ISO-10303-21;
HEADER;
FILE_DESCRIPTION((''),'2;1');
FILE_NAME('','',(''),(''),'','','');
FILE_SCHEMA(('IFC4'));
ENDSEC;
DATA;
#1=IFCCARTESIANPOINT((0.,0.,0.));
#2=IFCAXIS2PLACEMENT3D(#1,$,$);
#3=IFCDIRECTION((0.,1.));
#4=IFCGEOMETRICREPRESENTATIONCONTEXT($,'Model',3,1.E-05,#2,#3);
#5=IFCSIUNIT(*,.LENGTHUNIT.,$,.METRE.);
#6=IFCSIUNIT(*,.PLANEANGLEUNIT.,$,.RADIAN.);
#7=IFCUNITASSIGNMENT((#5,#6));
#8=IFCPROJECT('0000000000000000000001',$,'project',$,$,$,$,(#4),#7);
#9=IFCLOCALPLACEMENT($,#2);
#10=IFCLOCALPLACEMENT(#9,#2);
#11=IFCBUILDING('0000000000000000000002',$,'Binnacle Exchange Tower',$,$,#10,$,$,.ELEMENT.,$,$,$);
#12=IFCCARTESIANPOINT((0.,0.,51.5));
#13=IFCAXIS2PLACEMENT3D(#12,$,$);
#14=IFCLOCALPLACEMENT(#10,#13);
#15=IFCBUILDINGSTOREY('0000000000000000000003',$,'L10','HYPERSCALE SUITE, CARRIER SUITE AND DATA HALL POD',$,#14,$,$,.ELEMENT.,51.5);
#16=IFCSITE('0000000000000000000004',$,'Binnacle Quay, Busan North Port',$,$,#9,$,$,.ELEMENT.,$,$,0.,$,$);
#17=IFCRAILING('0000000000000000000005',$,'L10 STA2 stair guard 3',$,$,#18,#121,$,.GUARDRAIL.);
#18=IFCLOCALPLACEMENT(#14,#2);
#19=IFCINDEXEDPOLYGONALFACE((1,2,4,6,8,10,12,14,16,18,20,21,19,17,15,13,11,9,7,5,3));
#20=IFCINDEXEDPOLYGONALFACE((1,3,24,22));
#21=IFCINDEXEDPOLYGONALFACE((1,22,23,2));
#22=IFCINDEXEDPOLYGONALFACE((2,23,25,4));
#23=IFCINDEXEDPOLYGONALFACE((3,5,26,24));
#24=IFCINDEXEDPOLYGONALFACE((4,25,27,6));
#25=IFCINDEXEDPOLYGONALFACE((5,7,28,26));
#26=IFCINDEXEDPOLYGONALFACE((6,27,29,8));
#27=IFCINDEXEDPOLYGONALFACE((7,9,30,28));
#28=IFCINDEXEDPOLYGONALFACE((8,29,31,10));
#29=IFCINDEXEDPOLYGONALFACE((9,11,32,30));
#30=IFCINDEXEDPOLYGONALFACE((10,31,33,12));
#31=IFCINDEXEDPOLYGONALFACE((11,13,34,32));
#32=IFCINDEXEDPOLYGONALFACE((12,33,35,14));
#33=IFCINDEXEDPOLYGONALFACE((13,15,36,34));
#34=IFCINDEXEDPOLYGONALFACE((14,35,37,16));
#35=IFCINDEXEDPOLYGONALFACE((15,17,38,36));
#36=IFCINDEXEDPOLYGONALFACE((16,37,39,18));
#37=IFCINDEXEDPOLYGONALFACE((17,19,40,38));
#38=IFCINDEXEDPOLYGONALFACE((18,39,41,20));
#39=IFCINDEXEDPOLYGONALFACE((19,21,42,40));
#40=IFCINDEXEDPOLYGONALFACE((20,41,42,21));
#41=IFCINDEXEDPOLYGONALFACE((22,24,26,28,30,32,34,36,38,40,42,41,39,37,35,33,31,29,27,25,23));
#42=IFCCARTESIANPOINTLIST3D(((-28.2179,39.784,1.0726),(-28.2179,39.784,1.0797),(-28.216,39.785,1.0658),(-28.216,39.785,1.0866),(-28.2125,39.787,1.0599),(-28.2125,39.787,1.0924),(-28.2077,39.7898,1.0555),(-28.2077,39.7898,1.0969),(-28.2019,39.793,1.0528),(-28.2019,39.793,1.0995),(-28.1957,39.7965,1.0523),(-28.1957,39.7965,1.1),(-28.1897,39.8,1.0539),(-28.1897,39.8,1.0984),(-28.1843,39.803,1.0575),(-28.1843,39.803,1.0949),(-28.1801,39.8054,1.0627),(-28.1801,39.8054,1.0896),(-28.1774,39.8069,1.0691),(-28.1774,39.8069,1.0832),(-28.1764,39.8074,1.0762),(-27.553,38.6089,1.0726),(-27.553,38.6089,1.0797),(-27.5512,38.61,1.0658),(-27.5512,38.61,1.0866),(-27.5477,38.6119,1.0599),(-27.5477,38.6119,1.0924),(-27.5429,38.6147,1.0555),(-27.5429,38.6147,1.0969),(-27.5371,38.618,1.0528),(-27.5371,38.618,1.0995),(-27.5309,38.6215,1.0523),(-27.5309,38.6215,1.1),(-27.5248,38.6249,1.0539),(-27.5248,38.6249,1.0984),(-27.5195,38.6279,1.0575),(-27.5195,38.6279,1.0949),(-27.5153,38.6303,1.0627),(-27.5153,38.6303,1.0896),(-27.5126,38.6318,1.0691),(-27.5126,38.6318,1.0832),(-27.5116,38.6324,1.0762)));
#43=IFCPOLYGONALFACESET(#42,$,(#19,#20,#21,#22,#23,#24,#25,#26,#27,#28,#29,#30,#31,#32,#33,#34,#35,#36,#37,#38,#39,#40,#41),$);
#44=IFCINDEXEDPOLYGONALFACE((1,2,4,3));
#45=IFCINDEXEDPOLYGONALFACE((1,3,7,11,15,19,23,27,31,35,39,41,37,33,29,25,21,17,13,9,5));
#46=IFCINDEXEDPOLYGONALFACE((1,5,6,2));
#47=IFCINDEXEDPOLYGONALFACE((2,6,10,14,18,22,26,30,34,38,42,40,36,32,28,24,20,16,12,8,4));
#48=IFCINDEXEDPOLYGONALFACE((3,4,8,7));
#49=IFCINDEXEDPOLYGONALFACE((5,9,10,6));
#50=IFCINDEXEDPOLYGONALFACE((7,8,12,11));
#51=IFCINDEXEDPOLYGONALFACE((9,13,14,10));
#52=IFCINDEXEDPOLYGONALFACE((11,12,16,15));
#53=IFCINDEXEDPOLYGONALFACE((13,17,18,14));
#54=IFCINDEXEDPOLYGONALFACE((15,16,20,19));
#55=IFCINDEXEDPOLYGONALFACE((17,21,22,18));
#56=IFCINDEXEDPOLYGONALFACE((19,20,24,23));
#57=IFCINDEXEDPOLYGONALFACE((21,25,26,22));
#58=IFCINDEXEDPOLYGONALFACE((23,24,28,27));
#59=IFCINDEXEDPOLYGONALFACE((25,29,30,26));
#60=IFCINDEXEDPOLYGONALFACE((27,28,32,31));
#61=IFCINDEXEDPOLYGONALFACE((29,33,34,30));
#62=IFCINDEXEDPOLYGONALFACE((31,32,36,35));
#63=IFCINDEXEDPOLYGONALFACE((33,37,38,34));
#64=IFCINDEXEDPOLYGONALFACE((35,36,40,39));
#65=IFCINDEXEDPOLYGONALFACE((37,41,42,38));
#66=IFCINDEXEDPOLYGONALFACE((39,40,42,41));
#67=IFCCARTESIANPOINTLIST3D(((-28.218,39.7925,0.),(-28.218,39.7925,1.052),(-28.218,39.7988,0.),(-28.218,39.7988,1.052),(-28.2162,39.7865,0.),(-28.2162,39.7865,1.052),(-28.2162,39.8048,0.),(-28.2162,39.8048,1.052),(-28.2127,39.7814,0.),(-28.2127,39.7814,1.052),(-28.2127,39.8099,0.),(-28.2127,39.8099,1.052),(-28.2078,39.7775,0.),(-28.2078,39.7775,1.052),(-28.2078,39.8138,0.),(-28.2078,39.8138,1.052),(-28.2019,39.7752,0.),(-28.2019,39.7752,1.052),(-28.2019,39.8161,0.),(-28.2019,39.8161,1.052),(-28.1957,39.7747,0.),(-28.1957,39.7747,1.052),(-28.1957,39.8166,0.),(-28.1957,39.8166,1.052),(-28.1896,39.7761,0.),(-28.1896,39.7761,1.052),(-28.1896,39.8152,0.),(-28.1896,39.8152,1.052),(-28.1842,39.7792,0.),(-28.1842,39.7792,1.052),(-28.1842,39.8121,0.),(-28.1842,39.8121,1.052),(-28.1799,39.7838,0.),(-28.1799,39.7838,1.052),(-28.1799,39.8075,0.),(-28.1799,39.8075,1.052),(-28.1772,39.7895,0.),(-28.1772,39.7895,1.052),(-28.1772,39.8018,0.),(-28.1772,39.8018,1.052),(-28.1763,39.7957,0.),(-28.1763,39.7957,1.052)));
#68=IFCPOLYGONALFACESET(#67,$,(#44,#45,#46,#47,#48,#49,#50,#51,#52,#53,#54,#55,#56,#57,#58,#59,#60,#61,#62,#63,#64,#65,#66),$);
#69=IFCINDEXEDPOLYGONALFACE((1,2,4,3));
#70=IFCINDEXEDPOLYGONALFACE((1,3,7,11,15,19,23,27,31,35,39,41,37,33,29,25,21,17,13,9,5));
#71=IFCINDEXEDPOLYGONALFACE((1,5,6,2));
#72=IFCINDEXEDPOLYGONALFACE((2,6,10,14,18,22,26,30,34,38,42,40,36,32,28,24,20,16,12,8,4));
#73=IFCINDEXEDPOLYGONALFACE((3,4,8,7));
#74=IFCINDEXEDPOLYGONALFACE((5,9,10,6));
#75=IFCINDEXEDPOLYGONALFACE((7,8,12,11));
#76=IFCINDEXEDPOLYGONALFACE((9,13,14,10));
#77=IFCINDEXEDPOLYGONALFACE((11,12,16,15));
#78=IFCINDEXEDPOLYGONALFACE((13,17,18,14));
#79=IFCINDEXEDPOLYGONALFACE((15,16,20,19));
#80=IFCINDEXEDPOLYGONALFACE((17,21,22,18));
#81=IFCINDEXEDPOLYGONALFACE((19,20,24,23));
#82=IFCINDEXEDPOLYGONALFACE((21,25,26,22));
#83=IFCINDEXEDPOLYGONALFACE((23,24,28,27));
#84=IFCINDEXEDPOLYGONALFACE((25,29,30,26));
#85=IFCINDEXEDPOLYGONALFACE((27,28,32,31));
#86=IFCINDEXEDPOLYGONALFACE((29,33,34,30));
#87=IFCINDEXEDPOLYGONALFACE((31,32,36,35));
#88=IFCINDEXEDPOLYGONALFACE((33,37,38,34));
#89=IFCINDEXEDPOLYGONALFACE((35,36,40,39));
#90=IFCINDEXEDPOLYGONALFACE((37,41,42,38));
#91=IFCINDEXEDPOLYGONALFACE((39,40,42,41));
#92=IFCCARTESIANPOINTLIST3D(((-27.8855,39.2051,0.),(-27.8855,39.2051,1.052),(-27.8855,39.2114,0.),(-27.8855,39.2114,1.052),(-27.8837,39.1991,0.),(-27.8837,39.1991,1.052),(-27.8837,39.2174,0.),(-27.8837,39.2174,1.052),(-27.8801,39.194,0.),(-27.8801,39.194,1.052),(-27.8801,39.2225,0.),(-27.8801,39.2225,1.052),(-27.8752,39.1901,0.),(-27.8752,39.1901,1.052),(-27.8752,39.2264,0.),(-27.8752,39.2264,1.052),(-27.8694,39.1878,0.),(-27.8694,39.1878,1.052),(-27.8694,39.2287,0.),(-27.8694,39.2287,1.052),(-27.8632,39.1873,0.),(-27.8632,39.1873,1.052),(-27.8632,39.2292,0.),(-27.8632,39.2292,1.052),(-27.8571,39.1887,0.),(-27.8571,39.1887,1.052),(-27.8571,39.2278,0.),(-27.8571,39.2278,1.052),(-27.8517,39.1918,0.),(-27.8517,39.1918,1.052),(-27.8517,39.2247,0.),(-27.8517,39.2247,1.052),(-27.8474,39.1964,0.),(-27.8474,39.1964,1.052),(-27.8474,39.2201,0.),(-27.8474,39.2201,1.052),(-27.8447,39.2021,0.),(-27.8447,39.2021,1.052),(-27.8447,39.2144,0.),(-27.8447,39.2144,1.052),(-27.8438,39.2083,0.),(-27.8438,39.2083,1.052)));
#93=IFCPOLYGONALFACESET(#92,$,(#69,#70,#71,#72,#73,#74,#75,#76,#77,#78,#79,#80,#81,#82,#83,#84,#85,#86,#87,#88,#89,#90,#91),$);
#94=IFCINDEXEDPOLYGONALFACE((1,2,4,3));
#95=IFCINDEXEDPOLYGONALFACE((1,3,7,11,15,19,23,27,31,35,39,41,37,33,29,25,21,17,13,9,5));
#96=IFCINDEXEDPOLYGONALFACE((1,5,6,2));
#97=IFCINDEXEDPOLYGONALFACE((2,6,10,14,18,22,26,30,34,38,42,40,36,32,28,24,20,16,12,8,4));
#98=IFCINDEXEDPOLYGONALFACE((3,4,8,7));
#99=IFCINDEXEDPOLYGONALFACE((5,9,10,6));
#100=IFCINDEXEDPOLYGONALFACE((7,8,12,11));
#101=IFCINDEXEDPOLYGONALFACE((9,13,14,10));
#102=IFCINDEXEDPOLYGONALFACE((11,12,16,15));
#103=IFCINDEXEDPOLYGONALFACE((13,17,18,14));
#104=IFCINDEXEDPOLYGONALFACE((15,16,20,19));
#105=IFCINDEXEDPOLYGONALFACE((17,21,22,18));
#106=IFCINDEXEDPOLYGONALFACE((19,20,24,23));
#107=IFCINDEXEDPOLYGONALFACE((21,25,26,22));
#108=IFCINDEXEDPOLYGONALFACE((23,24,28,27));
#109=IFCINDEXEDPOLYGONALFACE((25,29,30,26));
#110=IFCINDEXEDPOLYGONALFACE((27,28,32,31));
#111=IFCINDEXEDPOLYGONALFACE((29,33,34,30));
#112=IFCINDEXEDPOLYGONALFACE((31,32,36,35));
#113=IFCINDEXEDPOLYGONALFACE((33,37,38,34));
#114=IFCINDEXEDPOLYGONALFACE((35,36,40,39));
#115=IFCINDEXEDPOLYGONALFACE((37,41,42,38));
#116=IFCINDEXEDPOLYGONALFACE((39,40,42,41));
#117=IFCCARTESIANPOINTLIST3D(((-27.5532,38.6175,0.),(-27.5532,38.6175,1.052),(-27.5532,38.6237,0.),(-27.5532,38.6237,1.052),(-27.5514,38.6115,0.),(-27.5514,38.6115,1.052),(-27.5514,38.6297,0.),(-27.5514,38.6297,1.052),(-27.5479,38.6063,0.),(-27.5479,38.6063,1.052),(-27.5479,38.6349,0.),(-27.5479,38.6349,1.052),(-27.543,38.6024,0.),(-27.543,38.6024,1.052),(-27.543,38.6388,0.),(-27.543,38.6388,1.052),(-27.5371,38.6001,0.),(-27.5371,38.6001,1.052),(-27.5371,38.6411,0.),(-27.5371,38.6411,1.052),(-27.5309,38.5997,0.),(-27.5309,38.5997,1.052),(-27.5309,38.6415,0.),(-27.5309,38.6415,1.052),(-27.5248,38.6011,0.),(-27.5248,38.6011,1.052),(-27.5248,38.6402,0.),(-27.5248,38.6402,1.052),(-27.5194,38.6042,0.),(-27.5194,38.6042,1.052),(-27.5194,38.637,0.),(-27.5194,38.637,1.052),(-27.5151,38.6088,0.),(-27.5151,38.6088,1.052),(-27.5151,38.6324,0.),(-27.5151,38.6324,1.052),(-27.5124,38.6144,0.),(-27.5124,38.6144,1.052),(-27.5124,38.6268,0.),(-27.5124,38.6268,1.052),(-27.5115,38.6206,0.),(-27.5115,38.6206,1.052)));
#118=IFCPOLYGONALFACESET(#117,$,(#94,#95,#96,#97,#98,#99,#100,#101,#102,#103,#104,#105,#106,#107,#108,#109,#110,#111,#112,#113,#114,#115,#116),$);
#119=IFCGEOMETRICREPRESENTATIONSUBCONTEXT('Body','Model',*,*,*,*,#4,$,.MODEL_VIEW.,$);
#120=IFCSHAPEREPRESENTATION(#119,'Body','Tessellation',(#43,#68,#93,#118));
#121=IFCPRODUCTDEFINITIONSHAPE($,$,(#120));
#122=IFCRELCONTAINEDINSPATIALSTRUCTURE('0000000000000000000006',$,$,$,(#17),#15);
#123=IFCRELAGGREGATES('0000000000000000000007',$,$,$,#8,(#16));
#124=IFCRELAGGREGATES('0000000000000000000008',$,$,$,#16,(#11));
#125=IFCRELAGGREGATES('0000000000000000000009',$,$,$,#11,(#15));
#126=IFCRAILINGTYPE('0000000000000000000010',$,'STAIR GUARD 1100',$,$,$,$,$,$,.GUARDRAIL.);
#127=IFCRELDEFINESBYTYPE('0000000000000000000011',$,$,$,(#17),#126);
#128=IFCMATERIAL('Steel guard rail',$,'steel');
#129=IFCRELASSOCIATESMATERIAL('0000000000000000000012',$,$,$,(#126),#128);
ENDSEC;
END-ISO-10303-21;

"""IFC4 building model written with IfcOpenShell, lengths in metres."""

from ifc_helpers import new_model, si_unit, direction, frame, origin, origin_2d, place, context, subcontext, project, spatial, circle, extrude, material, type_object, element, save


model = new_model("IFC4")

# Units and contexts
model_context = context("Model", 3, precision=1e-05, world=origin(), true_north=direction((0.0, 1.0)))
body_context = subcontext(model_context, "Body", "Model", "MODEL_VIEW")
ifc_project = project(units=[si_unit("LENGTHUNIT", "METRE"), si_unit("PLANEANGLEUNIT", "RADIAN")], contexts=[model_context])

# Site, building, storey
site_placement = place(None, origin())
site = spatial("IfcSite", under=ifc_project, at=site_placement, Name="Binnacle Quay, Busan North Port", CompositionType="ELEMENT", RefElevation=0.0)
building_placement = place(site_placement, origin())
building = spatial("IfcBuilding", under=site, at=building_placement, Name="Binnacle Exchange Tower", CompositionType="ELEMENT")
storey_placement = place(building_placement, frame((0.0, 0.0, 51.5)))
storey = spatial("IfcBuildingStorey", under=building, at=storey_placement, Name="L10", Description="HYPERSCALE SUITE, CARRIER SUITE AND DATA HALL POD", CompositionType="ELEMENT", Elevation=51.5)

# Railing
ifc_material_1 = material(Name="Steel guard rail", Category="steel")
railing_type_1 = type_object("IfcRailingType", Name="STAIR GUARD 1100", PredefinedType="GUARDRAIL", material=ifc_material_1)
railing_1_placement = place(storey_placement, frame((-28.1973, 39.7957, 0.0)))
element("IfcRailing", 1, at=railing_1_placement, inside=storey, type_object=railing_type_1, Name="L10 STA2 stair guard 3", PredefinedType="GUARDRAIL", context=body_context, shape_type="SweptSolid", body=[
    extrude(circle(Radius=0.0239, at=origin_2d()), frame((0.0, 0.0, 1.0762), z_axis=(0.492415, -0.870361, 0.0), x_axis=(0.870361, 0.492415, 0.0)), (0.0, 0.0, 1.0), 1.3501),
    extrude(circle(Radius=0.021, at=origin_2d()), origin(), (0.0, 0.0, 1.0), 1.052),
    extrude(circle(Radius=0.021, at=origin_2d()), frame((0.3325, -0.5874, 0.0)), (0.0, 0.0, 1.0), 1.052),
    extrude(circle(Radius=0.021, at=origin_2d()), frame((0.6648, -1.175, 0.0)), (0.0, 0.0, 1.0), 1.052),
])

save(model, "model.ifc")
